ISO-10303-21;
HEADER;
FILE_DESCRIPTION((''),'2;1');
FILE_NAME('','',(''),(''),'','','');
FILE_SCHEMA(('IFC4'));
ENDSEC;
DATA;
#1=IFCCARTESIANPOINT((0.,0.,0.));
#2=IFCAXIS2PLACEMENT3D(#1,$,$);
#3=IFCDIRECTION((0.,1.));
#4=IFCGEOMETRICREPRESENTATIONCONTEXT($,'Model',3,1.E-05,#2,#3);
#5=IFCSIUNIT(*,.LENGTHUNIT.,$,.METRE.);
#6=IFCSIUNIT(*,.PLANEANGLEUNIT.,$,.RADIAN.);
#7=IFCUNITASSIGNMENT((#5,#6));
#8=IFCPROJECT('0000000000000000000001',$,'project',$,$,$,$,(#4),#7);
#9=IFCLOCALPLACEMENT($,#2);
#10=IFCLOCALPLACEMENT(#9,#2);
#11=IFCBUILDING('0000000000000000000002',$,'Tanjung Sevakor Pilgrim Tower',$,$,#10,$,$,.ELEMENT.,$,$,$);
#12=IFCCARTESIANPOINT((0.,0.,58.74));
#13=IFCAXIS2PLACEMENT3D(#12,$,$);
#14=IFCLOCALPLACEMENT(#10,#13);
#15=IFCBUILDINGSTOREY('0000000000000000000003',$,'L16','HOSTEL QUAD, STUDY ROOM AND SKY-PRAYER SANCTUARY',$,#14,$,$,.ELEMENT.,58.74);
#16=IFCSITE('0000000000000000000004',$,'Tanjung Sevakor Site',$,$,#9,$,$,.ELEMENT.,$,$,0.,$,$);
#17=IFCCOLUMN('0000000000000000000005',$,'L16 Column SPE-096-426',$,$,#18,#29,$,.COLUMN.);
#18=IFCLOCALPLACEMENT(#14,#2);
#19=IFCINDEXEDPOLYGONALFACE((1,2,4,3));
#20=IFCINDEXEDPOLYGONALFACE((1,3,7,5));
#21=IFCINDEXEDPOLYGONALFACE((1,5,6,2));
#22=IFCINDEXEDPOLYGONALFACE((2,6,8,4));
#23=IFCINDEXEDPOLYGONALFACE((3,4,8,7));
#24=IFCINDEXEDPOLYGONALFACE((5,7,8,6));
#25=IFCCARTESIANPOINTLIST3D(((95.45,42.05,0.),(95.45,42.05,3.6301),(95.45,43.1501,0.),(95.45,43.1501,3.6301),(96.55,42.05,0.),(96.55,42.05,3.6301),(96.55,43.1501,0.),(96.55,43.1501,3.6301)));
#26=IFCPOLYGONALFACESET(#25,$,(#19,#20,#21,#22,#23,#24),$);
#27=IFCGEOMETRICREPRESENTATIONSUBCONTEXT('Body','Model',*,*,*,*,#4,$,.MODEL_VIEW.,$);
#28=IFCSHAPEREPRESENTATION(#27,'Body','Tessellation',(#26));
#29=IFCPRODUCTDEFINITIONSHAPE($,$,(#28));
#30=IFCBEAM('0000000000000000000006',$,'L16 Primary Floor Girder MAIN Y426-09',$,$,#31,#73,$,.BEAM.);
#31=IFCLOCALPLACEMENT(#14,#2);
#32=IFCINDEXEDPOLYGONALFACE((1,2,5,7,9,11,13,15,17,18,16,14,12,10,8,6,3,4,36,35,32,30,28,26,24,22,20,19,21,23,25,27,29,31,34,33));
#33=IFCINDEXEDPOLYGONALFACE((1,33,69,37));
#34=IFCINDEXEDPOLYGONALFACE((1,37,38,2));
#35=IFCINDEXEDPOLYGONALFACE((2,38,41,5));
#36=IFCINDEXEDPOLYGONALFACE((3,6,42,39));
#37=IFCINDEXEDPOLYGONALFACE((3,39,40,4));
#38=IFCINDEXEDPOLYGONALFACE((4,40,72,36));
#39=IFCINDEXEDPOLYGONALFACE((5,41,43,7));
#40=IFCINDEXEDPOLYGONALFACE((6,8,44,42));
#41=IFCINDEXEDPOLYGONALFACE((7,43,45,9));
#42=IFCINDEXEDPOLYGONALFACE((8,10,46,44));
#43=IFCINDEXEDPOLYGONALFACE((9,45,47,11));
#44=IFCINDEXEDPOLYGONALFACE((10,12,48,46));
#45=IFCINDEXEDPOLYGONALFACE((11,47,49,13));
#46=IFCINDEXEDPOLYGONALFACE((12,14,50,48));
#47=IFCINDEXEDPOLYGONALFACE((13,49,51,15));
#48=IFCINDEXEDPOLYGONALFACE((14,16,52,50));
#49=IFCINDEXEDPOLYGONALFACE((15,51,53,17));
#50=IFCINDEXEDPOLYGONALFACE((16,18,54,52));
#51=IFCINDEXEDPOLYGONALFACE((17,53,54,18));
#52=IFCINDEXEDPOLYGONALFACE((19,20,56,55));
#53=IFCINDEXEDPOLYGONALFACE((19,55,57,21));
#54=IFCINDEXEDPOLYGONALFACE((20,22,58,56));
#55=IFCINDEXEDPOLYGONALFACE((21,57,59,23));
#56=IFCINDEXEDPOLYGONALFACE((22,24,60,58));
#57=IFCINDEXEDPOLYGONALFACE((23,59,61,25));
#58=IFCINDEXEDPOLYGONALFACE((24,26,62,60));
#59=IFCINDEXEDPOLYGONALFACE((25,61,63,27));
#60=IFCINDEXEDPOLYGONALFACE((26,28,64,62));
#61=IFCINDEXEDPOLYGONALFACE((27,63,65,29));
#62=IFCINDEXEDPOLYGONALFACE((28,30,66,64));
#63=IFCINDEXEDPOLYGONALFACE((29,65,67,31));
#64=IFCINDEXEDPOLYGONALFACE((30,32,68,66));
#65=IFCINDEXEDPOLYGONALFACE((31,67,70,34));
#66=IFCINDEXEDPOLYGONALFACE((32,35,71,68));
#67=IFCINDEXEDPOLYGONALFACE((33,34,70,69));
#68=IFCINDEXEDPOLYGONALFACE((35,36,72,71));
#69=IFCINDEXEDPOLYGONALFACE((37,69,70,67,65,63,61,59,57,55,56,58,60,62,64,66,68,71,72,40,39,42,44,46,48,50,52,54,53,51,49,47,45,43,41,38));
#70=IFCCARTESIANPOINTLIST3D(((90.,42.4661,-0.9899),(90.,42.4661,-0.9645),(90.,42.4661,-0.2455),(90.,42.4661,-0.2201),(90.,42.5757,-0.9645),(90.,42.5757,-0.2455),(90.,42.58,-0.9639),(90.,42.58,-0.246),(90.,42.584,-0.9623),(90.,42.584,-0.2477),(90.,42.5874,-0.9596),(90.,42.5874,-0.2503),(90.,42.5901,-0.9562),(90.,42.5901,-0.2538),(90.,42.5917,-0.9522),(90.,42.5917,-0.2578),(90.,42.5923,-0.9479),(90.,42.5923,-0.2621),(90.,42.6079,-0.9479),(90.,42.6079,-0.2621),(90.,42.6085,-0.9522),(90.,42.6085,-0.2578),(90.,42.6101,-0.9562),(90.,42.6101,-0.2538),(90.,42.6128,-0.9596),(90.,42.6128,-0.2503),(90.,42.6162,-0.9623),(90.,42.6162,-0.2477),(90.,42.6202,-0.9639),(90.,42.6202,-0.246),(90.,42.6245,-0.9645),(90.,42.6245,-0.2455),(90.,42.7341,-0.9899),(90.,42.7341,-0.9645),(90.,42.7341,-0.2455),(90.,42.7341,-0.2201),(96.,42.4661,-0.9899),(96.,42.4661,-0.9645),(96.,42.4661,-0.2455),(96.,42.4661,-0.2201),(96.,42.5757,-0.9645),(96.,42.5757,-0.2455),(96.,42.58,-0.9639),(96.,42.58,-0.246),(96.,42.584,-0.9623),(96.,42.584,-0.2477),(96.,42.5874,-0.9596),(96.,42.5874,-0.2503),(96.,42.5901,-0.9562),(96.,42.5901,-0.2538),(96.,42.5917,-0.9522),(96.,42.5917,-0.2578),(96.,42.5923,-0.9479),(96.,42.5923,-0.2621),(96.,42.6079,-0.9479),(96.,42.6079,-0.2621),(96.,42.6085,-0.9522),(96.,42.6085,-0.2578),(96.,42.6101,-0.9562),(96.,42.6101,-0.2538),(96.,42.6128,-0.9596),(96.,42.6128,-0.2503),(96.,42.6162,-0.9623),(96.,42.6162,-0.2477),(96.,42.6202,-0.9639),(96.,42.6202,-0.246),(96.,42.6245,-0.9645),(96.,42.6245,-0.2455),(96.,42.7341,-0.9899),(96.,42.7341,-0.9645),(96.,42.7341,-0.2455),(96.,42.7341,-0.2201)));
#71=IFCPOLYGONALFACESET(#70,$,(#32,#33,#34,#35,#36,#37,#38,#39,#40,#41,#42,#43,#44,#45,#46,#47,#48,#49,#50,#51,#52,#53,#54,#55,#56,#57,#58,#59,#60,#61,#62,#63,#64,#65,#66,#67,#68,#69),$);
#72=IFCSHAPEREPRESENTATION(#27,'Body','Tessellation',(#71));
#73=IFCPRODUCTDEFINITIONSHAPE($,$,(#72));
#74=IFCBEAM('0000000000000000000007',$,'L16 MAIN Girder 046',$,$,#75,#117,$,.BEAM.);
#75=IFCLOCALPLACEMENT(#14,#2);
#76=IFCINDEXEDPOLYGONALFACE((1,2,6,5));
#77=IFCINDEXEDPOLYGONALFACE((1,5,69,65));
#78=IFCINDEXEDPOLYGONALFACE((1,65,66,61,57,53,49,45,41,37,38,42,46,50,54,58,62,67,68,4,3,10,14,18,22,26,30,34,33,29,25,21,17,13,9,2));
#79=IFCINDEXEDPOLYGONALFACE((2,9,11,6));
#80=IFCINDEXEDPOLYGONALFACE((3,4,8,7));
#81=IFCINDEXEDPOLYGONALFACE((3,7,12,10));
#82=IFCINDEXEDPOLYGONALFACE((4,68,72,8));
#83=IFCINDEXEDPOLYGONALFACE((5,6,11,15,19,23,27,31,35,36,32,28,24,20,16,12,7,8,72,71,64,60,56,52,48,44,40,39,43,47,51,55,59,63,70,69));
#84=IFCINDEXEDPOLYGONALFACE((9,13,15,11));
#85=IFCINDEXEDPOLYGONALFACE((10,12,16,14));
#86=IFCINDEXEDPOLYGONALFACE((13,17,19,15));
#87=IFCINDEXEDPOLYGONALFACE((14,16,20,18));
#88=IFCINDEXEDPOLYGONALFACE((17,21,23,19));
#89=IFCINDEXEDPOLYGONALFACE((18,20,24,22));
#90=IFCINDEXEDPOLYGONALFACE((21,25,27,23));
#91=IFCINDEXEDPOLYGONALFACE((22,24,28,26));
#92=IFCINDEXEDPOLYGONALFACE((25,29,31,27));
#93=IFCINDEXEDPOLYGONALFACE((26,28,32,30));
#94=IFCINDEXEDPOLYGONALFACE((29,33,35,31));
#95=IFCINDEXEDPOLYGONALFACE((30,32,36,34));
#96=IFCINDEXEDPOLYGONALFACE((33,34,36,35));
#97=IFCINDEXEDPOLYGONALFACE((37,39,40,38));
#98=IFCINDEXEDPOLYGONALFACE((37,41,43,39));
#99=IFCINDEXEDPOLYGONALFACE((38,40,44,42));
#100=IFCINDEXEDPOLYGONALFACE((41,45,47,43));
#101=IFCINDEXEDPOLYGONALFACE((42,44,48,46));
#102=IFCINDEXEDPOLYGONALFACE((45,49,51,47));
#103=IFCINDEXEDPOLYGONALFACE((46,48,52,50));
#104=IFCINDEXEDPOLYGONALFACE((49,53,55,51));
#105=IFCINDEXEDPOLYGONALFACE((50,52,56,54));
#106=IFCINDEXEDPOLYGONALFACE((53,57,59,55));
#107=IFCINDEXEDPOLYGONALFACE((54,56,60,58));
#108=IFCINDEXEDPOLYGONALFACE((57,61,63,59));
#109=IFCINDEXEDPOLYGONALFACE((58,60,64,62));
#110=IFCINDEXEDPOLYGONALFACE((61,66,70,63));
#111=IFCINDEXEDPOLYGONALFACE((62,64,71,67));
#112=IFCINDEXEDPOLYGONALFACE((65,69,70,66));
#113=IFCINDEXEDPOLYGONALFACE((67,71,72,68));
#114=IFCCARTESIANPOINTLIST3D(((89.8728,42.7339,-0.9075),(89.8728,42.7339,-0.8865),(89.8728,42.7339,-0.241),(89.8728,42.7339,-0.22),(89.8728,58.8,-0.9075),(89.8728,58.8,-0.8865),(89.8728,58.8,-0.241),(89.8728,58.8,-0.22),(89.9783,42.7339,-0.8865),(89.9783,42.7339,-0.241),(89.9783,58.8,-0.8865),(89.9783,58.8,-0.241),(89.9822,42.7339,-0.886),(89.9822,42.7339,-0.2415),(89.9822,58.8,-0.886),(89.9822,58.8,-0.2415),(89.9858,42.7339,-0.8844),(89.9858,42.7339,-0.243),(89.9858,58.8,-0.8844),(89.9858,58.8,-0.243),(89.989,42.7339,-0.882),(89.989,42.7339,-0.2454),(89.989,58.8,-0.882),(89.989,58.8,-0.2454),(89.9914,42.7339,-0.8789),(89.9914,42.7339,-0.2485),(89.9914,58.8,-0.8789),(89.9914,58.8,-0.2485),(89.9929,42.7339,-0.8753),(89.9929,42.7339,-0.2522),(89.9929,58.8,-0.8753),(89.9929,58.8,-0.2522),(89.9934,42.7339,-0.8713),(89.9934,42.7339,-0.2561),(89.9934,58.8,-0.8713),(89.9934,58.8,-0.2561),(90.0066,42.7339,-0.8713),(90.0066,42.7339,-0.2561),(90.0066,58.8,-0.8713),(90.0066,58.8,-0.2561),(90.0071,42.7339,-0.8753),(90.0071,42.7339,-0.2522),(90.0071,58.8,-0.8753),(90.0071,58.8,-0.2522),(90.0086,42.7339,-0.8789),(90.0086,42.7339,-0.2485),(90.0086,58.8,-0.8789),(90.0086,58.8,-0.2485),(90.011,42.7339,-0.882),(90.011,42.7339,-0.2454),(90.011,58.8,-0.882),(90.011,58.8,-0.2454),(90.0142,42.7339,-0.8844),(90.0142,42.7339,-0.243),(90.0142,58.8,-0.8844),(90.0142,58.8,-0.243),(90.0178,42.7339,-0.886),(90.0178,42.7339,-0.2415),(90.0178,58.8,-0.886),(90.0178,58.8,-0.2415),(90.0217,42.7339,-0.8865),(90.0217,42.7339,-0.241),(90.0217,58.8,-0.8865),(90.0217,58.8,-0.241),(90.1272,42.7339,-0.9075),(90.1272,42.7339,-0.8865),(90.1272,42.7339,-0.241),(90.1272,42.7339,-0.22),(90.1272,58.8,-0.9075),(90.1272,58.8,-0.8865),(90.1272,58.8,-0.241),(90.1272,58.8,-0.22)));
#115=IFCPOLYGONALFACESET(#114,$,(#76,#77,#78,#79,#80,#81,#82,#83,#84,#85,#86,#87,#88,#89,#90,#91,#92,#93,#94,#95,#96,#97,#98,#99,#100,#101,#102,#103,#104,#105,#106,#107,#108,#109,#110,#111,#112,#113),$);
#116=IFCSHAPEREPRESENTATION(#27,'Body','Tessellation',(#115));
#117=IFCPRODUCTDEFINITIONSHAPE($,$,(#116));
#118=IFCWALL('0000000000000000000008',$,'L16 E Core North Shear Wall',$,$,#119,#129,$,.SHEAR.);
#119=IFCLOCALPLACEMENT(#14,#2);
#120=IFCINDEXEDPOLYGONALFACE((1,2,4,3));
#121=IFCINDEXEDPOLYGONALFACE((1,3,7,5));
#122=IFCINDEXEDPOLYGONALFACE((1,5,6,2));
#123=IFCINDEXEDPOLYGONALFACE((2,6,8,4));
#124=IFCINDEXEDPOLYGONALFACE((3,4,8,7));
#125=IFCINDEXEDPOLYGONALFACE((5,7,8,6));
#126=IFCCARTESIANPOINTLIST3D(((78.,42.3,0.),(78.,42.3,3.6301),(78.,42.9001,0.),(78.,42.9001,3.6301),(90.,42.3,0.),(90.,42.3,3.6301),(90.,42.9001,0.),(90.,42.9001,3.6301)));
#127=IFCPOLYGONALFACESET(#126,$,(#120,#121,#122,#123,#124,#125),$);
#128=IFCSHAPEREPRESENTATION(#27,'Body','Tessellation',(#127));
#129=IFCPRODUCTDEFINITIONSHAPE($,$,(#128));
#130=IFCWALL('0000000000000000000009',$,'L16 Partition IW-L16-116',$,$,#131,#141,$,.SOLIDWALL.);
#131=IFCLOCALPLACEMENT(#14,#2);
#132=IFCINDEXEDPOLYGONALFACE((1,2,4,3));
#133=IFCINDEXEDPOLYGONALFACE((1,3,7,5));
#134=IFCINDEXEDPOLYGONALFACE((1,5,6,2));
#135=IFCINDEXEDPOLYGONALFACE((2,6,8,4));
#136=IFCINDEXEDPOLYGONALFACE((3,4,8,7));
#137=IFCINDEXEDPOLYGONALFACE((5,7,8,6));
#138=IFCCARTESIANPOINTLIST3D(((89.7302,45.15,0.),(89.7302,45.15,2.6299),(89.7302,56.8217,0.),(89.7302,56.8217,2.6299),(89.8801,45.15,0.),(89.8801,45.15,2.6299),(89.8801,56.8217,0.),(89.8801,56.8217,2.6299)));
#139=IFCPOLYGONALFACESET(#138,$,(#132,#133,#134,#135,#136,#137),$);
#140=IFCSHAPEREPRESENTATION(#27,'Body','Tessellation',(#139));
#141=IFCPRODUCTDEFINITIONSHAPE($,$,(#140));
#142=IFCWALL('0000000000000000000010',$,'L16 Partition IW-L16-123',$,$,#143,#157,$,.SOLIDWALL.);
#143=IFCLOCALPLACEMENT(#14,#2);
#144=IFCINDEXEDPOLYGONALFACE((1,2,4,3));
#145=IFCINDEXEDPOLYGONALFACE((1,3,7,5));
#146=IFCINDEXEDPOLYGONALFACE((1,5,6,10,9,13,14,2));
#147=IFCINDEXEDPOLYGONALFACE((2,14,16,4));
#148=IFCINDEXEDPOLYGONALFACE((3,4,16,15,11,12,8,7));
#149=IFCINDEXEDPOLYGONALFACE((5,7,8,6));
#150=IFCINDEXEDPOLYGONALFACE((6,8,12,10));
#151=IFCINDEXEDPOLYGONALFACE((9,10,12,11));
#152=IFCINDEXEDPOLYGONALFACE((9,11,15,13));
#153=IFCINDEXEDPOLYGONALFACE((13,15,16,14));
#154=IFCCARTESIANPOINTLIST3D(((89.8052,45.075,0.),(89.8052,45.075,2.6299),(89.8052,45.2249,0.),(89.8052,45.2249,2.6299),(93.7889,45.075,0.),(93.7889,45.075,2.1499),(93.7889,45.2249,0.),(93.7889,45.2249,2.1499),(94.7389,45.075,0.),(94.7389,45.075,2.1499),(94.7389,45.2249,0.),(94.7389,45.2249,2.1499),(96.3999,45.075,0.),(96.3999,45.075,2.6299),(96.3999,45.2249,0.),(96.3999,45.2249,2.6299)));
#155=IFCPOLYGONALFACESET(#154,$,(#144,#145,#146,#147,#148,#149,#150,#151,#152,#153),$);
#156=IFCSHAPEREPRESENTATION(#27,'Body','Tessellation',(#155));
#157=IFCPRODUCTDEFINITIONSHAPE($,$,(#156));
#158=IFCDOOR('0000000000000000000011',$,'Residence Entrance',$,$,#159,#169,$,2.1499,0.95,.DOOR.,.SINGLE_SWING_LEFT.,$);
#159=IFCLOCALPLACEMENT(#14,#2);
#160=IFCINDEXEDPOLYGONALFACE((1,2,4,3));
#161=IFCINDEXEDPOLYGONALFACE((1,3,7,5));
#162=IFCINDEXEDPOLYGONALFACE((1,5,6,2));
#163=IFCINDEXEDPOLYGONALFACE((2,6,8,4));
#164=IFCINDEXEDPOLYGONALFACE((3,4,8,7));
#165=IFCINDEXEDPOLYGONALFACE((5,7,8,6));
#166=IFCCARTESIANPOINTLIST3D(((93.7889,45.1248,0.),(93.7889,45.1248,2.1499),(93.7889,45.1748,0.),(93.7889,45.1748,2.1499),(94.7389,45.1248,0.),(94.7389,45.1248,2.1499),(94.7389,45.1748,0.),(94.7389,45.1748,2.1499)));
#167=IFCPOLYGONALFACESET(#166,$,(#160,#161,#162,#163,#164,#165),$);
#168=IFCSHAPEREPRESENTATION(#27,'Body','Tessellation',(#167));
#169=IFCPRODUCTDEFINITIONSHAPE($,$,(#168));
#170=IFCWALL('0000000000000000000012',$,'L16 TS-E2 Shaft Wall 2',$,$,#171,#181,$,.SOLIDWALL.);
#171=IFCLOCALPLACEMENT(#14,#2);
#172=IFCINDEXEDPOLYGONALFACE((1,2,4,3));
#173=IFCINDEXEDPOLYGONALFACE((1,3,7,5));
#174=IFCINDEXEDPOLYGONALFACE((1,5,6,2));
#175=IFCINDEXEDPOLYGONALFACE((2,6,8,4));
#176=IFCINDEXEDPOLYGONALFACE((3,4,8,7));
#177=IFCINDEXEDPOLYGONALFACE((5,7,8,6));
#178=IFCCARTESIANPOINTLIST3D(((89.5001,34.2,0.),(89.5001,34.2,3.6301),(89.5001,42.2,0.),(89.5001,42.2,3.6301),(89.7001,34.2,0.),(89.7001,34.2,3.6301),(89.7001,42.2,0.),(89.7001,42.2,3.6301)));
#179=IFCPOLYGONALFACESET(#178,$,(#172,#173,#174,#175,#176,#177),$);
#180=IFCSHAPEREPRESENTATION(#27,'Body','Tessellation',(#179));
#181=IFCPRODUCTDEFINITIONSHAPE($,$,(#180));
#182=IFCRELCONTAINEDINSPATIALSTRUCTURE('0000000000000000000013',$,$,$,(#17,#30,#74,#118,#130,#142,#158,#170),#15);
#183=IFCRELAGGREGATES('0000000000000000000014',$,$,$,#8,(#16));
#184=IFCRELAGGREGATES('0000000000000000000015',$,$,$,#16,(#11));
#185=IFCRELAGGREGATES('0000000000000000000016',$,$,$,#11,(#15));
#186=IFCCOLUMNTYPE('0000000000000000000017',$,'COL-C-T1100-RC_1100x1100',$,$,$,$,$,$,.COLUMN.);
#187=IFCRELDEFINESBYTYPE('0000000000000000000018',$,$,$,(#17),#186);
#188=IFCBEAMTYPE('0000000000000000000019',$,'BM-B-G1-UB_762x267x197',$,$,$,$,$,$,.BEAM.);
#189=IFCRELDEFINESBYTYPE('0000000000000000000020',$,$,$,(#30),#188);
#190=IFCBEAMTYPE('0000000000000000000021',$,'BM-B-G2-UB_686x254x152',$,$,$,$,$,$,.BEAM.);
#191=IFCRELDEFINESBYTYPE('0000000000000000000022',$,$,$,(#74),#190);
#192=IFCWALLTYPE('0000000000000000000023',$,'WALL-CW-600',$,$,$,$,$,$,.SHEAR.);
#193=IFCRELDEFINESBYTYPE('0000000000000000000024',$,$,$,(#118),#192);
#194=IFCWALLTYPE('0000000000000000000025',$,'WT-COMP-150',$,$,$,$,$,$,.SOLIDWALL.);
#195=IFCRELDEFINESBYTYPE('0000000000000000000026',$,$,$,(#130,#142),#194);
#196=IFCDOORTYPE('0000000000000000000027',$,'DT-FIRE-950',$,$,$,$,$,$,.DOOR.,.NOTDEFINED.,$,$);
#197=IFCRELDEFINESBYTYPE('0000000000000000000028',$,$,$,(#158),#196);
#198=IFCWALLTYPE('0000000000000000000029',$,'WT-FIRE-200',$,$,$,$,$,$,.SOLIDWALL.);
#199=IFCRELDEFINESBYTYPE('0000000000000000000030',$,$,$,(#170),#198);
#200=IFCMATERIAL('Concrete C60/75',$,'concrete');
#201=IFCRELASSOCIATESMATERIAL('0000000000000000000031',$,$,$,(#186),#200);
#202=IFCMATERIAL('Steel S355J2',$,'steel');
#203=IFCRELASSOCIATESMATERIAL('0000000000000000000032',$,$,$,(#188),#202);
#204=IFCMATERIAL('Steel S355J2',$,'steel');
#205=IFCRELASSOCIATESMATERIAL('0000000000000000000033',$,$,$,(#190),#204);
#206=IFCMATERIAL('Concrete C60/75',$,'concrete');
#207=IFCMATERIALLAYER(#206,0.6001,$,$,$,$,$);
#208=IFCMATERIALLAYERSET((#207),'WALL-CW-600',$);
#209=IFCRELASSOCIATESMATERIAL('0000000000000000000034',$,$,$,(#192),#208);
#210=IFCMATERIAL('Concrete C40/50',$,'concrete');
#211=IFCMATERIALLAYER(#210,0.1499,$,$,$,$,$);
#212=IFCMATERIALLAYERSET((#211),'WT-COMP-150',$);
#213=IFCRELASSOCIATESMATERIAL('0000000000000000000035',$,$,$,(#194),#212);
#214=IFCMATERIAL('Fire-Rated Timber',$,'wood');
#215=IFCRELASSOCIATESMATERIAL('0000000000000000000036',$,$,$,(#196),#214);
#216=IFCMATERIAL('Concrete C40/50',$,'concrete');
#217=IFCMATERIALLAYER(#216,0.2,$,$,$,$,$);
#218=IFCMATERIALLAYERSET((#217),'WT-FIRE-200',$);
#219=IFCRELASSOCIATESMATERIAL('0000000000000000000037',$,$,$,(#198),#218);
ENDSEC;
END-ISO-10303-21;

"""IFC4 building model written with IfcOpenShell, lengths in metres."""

from ifc_helpers import new_model, si_unit, direction, frame, frame_2d, origin, origin_2d, place, context, subcontext, project, spatial, rectangle, i_section, extrude, material, layer, layer_set, material_profile, profile_set, type_object, element, fill, save


model = new_model("IFC4")

# Units and contexts
model_context = context("Model", 3, precision=1e-05, world=origin(), true_north=direction((0.0, 1.0)))
body_context = subcontext(model_context, "Body", "Model", "MODEL_VIEW")
ifc_project = project(units=[si_unit("LENGTHUNIT", "METRE"), si_unit("PLANEANGLEUNIT", "RADIAN")], contexts=[model_context])

# Site, building, storey
site_placement = place(None, origin())
site = spatial("IfcSite", under=ifc_project, at=site_placement, Name="Tanjung Sevakor Site", CompositionType="ELEMENT", RefElevation=0.0)
building_placement = place(site_placement, origin())
building = spatial("IfcBuilding", under=site, at=building_placement, Name="Tanjung Sevakor Pilgrim Tower", CompositionType="ELEMENT")
storey_placement = place(building_placement, frame((0.0, 0.0, 58.74)))
storey = spatial("IfcBuildingStorey", under=building, at=storey_placement, Name="L16", Description="HOSTEL QUAD, STUDY ROOM AND SKY-PRAYER SANCTUARY", CompositionType="ELEMENT", Elevation=58.74)

# Column
ifc_material_1 = material(Name="Concrete C60/75", Category="concrete")
ifc_material_profile_1 = material_profile(ifc_material_1, rectangle(XDim=1.1001, YDim=1.1001, at=origin_2d()))
ifc_profile_set_1 = profile_set([ifc_material_profile_1], Name="Concrete C60/75")
column_type = type_object("IfcColumnType", Name="COL-C-T1100-RC_1100x1100", PredefinedType="COLUMN", material=ifc_profile_set_1)
column_placement = place(storey_placement, frame((96.0, 42.6001, 0.0), z_axis=(0.0, 0.0, 1.0), x_axis=(1.0, 0.0, 0.0)))
element("IfcColumn", 1, at=column_placement, inside=storey, type_object=column_type, Name="L16 Column SPE-096-426", PredefinedType="COLUMN", context=body_context, shape_type="SweptSolid", body=[
    extrude(rectangle(XDim=1.1001, YDim=1.1001, at=origin_2d()), origin(), (0.0, 0.0, 1.0), 3.6301),
])

# Beams
ifc_material_2 = material(Name="Steel S355J2", Category="steel")
ifc_material_profile_2 = material_profile(ifc_material_2, i_section(OverallWidth=0.2681, OverallDepth=0.7698, WebThickness=0.0156, FlangeThickness=0.0254, FilletRadius=0.0166, at=origin_2d()))
ifc_profile_set_2 = profile_set([ifc_material_profile_2], Name="Steel S355J2")
beam_type_1 = type_object("IfcBeamType", Name="BM-B-G1-UB_762x267x197", PredefinedType="BEAM", material=ifc_profile_set_2)
beam_1_placement = place(storey_placement, frame((90.0, 42.6001, -0.605), z_axis=(1.0, 0.0, 0.0), x_axis=(0.0, 1.0, 0.0)))
element("IfcBeam", 2, at=beam_1_placement, inside=storey, type_object=beam_type_1, Name="L16 Primary Floor Girder MAIN Y426-09", PredefinedType="BEAM", context=body_context, shape_type="SweptSolid", body=[
    extrude(i_section(OverallWidth=0.2681, OverallDepth=0.7698, WebThickness=0.0156, FlangeThickness=0.0254, FilletRadius=0.0166, at=origin_2d()), origin(), (0.0, 0.0, 1.0), 6.0),
])
ifc_material_3 = material(Name="Steel S355J2", Category="steel")
ifc_material_profile_3 = material_profile(ifc_material_3, i_section(OverallWidth=0.2544, OverallDepth=0.6875, WebThickness=0.0132, FlangeThickness=0.021, FilletRadius=0.0151, at=origin_2d()))
ifc_profile_set_3 = profile_set([ifc_material_profile_3], Name="Steel S355J2")
beam_type_2 = type_object("IfcBeamType", Name="BM-B-G2-UB_686x254x152", PredefinedType="BEAM", material=ifc_profile_set_3)
beam_2_placement = place(storey_placement, frame((90.0, 42.7339, -0.5637), z_axis=(0.0, 1.0, 0.0), x_axis=(-1.0, 0.0, 0.0)))
element("IfcBeam", 3, at=beam_2_placement, inside=storey, type_object=beam_type_2, Name="L16 MAIN Girder 046", PredefinedType="BEAM", context=body_context, shape_type="SweptSolid", body=[
    extrude(i_section(OverallWidth=0.2544, OverallDepth=0.6875, WebThickness=0.0132, FlangeThickness=0.021, FilletRadius=0.0151, at=origin_2d()), origin(), (0.0, 0.0, 1.0), 16.0662),
])

# Walls
ifc_material_4 = material(Name="Concrete C60/75", Category="concrete")
ifc_layer_1 = layer(ifc_material_4, 0.6001)
ifc_layer_set_1 = layer_set([ifc_layer_1], Name="WALL-CW-600")
wall_type_1 = type_object("IfcWallType", Name="WALL-CW-600", PredefinedType="SHEAR", material=ifc_layer_set_1)
wall_1_placement = place(storey_placement, frame((90.0, 42.6001, 0.0), z_axis=(0.0, 0.0, 1.0), x_axis=(-1.0, 0.0, 0.0)))
element("IfcWall", 4, at=wall_1_placement, inside=storey, type_object=wall_type_1, Name="L16 E Core North Shear Wall", PredefinedType="SHEAR", context=body_context, shape_type="SweptSolid", body=[
    extrude(rectangle(XDim=12.0, YDim=0.6001, at=frame_2d((6.0, 0.0))), origin(), (0.0, 0.0, 1.0), 3.6301),
])
ifc_material_5 = material(Name="Concrete C40/50", Category="concrete")
ifc_layer_2 = layer(ifc_material_5, 0.1499)
ifc_layer_set_2 = layer_set([ifc_layer_2], Name="WT-COMP-150")
wall_type_2 = type_object("IfcWallType", Name="WT-COMP-150", PredefinedType="SOLIDWALL", material=ifc_layer_set_2)
wall_2_placement = place(storey_placement, frame((89.8052, 45.1499, 0.0), z_axis=(0.0, 0.0, 1.0), x_axis=(0.0, 1.0, 0.0)))
element("IfcWall", 5, at=wall_2_placement, inside=storey, type_object=wall_type_2, Name="L16 Partition IW-L16-116", PredefinedType="SOLIDWALL", context=body_context, shape_type="SweptSolid", body=[
    extrude(rectangle(XDim=11.6716, YDim=0.1499, at=frame_2d((5.8359, 0.0))), origin(), (0.0, 0.0, 1.0), 2.6299),
])

# Wall, opening, door
wall_3_placement = place(storey_placement, frame((89.8052, 45.1499, 0.0), z_axis=(0.0, 0.0, 1.0), x_axis=(1.0, 0.0, 0.0)))
wall_3 = element("IfcWall", 6, at=wall_3_placement, inside=storey, type_object=wall_type_2, Name="L16 Partition IW-L16-123", PredefinedType="SOLIDWALL", context=body_context, shape_type="SweptSolid", body=[
    extrude(rectangle(XDim=6.5947, YDim=0.1499, at=frame_2d((3.2974, 0.0))), origin(), (0.0, 0.0, 1.0), 2.6299),
])
opening_1_placement = place(wall_3_placement, frame((3.9836, 0.0, 0.0)))
opening_1 = element("IfcOpeningElement", 7, at=opening_1_placement, cuts=wall_3, PredefinedType="OPENING", context=body_context, shape_type="SweptSolid", body=[
    extrude(rectangle(XDim=0.95, YDim=2.1499, at=frame_2d((0.4751, 1.075))), frame((0.0, 0.085, 0.0), z_axis=(0.0, -1.0, 0.0), x_axis=(1.0, 0.0, 0.0)), (0.0, 0.0, 1.0), 0.1699),
])
ifc_material_6 = material(Name="Fire-Rated Timber", Category="wood")
door_type_1 = type_object("IfcDoorType", Name="DT-FIRE-950", OperationType="NOTDEFINED", PredefinedType="DOOR", material=ifc_material_6)
door_1_placement = place(opening_1_placement, origin())
door_1 = element("IfcDoor", 8, at=door_1_placement, inside=storey, type_object=door_type_1, Name="Residence Entrance", OperationType="SINGLE_SWING_LEFT", OverallHeight=2.1499, OverallWidth=0.95, PredefinedType="DOOR", context=body_context, shape_type="SweptSolid", body=[
    extrude(rectangle(XDim=0.95, YDim=2.1499, at=frame_2d((0.4751, 1.075))), frame((0.0, 0.0249, 0.0), z_axis=(0.0, -1.0, 0.0), x_axis=(1.0, 0.0, 0.0)), (0.0, 0.0, 1.0), 0.05),
])
fill(opening_1, door_1)

# Wall
ifc_material_7 = material(Name="Concrete C40/50", Category="concrete")
ifc_layer_3 = layer(ifc_material_7, 0.2)
ifc_layer_set_3 = layer_set([ifc_layer_3], Name="WT-FIRE-200")
wall_type_3 = type_object("IfcWallType", Name="WT-FIRE-200", PredefinedType="SOLIDWALL", material=ifc_layer_set_3)
wall_4_placement = place(storey_placement, frame((89.6001, 34.2, 0.0), z_axis=(0.0, 0.0, 1.0), x_axis=(0.0, 1.0, 0.0)))
element("IfcWall", 9, at=wall_4_placement, inside=storey, type_object=wall_type_3, Name="L16 TS-E2 Shaft Wall 2", PredefinedType="SOLIDWALL", context=body_context, shape_type="SweptSolid", body=[
    extrude(rectangle(XDim=8.0, YDim=0.2, at=frame_2d((4.0, 0.0))), origin(), (0.0, 0.0, 1.0), 3.6301),
])

save(model, "model.ifc")
